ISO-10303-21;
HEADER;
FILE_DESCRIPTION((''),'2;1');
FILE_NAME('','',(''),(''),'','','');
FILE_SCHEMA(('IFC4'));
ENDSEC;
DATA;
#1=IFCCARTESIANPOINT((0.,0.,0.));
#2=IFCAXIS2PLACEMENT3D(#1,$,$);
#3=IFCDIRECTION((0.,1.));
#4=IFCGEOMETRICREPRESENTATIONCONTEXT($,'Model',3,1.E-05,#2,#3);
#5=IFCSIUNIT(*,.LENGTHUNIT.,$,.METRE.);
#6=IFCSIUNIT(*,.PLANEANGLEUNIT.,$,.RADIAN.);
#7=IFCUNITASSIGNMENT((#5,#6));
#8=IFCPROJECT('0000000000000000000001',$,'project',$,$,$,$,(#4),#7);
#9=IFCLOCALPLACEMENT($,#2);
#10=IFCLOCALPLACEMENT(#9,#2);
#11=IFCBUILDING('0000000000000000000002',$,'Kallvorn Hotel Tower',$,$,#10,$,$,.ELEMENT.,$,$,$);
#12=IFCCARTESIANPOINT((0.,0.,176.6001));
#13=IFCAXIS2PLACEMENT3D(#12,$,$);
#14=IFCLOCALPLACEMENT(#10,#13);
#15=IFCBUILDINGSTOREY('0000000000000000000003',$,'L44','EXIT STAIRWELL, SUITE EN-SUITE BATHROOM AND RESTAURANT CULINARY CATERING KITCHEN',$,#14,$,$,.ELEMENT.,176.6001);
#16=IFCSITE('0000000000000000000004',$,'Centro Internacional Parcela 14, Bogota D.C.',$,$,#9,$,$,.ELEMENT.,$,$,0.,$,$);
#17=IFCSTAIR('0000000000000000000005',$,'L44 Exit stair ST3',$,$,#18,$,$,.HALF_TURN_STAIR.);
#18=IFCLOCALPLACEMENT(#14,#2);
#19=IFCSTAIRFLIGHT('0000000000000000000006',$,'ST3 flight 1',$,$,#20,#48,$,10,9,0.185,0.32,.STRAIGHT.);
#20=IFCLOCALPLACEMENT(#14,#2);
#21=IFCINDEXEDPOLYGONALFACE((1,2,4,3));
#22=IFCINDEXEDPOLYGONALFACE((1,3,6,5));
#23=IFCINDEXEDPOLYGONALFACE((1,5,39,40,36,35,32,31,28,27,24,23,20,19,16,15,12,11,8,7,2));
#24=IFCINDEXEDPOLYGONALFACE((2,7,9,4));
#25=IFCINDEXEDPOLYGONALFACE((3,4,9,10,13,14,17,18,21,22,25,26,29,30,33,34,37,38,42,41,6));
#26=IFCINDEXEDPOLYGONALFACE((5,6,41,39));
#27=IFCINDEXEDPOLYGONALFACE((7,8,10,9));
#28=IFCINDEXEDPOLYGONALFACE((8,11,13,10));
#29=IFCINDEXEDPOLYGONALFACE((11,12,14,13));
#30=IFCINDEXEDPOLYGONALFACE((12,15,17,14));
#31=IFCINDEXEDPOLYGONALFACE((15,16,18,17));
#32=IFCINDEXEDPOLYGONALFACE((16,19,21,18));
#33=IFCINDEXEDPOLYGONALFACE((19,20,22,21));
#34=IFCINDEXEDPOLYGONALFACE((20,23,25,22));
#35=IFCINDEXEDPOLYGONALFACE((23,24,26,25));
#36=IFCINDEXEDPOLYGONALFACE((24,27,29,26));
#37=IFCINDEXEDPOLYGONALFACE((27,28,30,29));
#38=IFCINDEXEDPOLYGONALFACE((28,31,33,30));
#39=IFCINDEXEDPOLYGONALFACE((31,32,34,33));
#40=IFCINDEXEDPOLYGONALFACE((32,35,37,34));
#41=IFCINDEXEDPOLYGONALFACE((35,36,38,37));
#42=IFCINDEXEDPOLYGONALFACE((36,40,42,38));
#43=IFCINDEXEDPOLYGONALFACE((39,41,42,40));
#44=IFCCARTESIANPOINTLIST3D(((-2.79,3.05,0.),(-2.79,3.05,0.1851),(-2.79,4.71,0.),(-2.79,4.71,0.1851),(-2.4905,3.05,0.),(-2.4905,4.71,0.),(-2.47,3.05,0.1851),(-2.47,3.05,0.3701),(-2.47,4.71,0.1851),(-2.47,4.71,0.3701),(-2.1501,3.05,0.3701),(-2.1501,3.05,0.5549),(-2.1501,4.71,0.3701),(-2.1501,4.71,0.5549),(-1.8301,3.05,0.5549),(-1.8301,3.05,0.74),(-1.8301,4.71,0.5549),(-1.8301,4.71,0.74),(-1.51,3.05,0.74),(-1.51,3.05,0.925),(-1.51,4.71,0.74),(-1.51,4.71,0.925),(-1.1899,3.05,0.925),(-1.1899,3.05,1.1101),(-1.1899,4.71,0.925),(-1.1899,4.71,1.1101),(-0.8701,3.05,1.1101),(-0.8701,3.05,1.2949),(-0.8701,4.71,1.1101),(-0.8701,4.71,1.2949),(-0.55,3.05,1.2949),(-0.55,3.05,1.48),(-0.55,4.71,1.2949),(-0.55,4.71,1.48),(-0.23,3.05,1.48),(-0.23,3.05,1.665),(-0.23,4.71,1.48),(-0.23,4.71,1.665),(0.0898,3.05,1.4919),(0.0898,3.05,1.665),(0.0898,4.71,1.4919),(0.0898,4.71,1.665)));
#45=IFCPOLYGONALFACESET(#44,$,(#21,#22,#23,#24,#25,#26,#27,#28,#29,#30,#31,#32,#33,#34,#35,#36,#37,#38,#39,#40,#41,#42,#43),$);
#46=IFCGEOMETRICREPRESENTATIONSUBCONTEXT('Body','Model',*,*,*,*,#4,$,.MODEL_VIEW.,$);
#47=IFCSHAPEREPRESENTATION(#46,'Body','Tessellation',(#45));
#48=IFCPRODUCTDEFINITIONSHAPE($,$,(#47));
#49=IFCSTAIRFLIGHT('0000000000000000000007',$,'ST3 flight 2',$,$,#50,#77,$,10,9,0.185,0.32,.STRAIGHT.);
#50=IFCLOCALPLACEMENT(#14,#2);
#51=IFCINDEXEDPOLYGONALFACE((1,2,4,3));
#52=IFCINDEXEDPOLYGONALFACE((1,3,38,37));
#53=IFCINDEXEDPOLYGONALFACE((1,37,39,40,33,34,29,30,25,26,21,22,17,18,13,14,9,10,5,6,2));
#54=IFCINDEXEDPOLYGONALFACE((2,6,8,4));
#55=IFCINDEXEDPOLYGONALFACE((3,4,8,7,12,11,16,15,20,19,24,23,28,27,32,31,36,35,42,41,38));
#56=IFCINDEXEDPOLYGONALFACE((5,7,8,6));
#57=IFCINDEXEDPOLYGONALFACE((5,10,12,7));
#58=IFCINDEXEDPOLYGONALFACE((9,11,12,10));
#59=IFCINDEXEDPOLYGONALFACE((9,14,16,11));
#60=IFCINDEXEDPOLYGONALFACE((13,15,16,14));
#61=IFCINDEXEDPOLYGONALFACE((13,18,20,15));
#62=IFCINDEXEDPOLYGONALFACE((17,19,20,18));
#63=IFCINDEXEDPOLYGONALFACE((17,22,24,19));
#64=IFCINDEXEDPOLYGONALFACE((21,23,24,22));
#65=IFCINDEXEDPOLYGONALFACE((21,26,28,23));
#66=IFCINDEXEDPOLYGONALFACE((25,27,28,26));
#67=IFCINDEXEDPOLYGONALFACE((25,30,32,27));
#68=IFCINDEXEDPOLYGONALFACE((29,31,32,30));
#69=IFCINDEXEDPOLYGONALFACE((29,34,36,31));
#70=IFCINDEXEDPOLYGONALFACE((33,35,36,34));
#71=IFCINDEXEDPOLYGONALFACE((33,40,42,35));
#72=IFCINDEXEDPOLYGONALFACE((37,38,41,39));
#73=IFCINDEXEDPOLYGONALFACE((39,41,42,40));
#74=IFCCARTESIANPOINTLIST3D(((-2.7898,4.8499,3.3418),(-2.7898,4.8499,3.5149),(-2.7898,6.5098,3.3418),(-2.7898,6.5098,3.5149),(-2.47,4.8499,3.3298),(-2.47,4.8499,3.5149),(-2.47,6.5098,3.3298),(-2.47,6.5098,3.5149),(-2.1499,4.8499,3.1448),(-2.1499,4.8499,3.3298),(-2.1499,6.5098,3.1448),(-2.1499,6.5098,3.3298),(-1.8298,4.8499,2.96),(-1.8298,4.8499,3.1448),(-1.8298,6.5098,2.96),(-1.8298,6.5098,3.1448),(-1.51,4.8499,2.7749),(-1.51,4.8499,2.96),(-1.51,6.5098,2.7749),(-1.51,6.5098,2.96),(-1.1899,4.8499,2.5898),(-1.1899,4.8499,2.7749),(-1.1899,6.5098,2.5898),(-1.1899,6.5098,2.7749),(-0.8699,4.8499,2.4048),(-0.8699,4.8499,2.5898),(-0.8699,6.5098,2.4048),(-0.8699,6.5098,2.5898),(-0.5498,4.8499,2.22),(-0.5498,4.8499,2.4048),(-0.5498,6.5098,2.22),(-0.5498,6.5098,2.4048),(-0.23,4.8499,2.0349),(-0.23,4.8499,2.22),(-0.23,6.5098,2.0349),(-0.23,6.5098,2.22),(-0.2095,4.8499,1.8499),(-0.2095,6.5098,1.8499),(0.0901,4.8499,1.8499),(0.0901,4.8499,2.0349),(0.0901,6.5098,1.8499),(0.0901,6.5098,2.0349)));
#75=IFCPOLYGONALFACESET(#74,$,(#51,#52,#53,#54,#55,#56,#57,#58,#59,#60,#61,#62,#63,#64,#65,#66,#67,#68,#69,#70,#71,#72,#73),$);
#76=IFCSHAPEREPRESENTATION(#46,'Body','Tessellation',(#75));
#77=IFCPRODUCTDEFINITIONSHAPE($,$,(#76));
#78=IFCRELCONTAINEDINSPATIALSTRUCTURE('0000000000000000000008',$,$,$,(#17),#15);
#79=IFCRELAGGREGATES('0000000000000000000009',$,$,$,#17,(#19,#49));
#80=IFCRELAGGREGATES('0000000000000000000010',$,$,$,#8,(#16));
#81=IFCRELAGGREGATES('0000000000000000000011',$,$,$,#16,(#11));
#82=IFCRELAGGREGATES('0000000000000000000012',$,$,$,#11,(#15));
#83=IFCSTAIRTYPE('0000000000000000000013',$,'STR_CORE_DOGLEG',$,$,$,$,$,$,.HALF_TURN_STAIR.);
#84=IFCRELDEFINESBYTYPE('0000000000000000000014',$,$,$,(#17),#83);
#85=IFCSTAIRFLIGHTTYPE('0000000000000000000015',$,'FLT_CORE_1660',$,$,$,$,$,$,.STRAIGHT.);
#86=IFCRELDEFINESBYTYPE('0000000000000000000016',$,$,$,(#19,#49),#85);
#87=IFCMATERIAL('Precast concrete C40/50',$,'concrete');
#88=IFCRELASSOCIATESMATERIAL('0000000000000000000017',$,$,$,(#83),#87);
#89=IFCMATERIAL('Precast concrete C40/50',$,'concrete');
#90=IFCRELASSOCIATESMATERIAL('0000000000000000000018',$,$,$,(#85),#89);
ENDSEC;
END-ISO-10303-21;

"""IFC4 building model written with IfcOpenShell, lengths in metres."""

from ifc_helpers import new_model, si_unit, direction, frame, origin, place, context, subcontext, project, spatial, polyline, outline, extrude, material, type_object, element, aggregate, save


model = new_model("IFC4")

# Units and contexts
model_context = context("Model", 3, precision=1e-05, world=origin(), true_north=direction((0.0, 1.0)))
body_context = subcontext(model_context, "Body", "Model", "MODEL_VIEW")
ifc_project = project(units=[si_unit("LENGTHUNIT", "METRE"), si_unit("PLANEANGLEUNIT", "RADIAN")], contexts=[model_context])

# Site, building, storey
site_placement = place(None, origin())
site = spatial("IfcSite", under=ifc_project, at=site_placement, Name="Centro Internacional Parcela 14, Bogota D.C.", CompositionType="ELEMENT", RefElevation=0.0)
building_placement = place(site_placement, origin())
building = spatial("IfcBuilding", under=site, at=building_placement, Name="Kallvorn Hotel Tower", CompositionType="ELEMENT")
storey_placement = place(building_placement, frame((0.0, 0.0, 176.6001)))
storey = spatial("IfcBuildingStorey", under=building, at=storey_placement, Name="L44", Description="EXIT STAIRWELL, SUITE EN-SUITE BATHROOM AND RESTAURANT CULINARY CATERING KITCHEN", CompositionType="ELEMENT", Elevation=176.6001)

# Stair
ifc_material_1 = material(Name="Precast concrete C40/50", Category="concrete")
stair_type = type_object("IfcStairType", Name="STR_CORE_DOGLEG", PredefinedType="HALF_TURN_STAIR", material=ifc_material_1)
stair_1_placement = place(storey_placement, origin())
stair_1 = element("IfcStair", 1, at=stair_1_placement, inside=storey, type_object=stair_type, Name="L44 Exit stair ST3", PredefinedType="HALF_TURN_STAIR")

# Stair flights
ifc_material_2 = material(Name="Precast concrete C40/50", Category="concrete")
stair_flight_type = type_object("IfcStairFlightType", Name="FLT_CORE_1660", PredefinedType="STRAIGHT", material=ifc_material_2)
stair_flight_1_placement = place(storey_placement, frame((-2.79, 3.8799, 0.0), z_axis=(0.0, 0.0, 1.0), x_axis=(1.0, 0.0, 0.0)))
stair_flight_1 = element("IfcStairFlight", 2, at=stair_flight_1_placement, type_object=stair_flight_type, Name="ST3 flight 1", NumberOfRisers=10, NumberOfTreads=9, PredefinedType="STRAIGHT", RiserHeight=0.185, TreadLength=0.32, context=body_context, shape_type="SweptSolid", body=[
    extrude(outline(polyline([(0.0, 0.0), (0.0, 0.1851), (0.3201, 0.1851), (0.3201, 0.3701), (0.6399, 0.3701), (0.6399, 0.5549), (0.96, 0.5549), (0.96, 0.74), (1.28, 0.74), (1.28, 0.925), (1.6001, 0.925), (1.6001, 1.1101), (1.9199, 1.1101), (1.9199, 1.2949), (2.24, 1.2949), (2.24, 1.48), (2.5601, 1.48), (2.5601, 1.665), (2.8799, 1.665), (2.8799, 1.8501), (2.8799, 1.4919), (0.2996, 0.0), (0.0, 0.0)])), frame((0.0, 0.8301, 0.0), z_axis=(0.0, -1.0, 0.0), x_axis=(1.0, 0.0, 0.0)), (0.0, 0.0, 1.0), 1.6599),
])
stair_flight_2_placement = place(storey_placement, frame((0.0901, 5.6799, 1.8499), z_axis=(0.0, 0.0, 1.0), x_axis=(-1.0, 0.0, 0.0)))
stair_flight_2 = element("IfcStairFlight", 3, at=stair_flight_2_placement, type_object=stair_flight_type, Name="ST3 flight 2", NumberOfRisers=10, NumberOfTreads=9, PredefinedType="STRAIGHT", RiserHeight=0.185, TreadLength=0.32, context=body_context, shape_type="SweptSolid", body=[
    extrude(outline(polyline([(0.0, 0.0), (0.0, 0.1851), (0.3201, 0.1851), (0.3201, 0.3701), (0.6399, 0.3701), (0.6399, 0.5549), (0.96, 0.5549), (0.96, 0.74), (1.28, 0.74), (1.28, 0.925), (1.6001, 0.925), (1.6001, 1.1101), (1.9199, 1.1101), (1.9199, 1.2949), (2.24, 1.2949), (2.24, 1.48), (2.5601, 1.48), (2.5601, 1.665), (2.8799, 1.665), (2.8799, 1.8501), (2.8799, 1.4919), (0.2996, 0.0), (0.0, 0.0)])), frame((0.0, 0.8301, 0.0), z_axis=(0.0, -1.0, 0.0), x_axis=(1.0, 0.0, 0.0)), (0.0, 0.0, 1.0), 1.6599),
])
aggregate(stair_1, [stair_flight_1, stair_flight_2])

save(model, "model.ifc")
